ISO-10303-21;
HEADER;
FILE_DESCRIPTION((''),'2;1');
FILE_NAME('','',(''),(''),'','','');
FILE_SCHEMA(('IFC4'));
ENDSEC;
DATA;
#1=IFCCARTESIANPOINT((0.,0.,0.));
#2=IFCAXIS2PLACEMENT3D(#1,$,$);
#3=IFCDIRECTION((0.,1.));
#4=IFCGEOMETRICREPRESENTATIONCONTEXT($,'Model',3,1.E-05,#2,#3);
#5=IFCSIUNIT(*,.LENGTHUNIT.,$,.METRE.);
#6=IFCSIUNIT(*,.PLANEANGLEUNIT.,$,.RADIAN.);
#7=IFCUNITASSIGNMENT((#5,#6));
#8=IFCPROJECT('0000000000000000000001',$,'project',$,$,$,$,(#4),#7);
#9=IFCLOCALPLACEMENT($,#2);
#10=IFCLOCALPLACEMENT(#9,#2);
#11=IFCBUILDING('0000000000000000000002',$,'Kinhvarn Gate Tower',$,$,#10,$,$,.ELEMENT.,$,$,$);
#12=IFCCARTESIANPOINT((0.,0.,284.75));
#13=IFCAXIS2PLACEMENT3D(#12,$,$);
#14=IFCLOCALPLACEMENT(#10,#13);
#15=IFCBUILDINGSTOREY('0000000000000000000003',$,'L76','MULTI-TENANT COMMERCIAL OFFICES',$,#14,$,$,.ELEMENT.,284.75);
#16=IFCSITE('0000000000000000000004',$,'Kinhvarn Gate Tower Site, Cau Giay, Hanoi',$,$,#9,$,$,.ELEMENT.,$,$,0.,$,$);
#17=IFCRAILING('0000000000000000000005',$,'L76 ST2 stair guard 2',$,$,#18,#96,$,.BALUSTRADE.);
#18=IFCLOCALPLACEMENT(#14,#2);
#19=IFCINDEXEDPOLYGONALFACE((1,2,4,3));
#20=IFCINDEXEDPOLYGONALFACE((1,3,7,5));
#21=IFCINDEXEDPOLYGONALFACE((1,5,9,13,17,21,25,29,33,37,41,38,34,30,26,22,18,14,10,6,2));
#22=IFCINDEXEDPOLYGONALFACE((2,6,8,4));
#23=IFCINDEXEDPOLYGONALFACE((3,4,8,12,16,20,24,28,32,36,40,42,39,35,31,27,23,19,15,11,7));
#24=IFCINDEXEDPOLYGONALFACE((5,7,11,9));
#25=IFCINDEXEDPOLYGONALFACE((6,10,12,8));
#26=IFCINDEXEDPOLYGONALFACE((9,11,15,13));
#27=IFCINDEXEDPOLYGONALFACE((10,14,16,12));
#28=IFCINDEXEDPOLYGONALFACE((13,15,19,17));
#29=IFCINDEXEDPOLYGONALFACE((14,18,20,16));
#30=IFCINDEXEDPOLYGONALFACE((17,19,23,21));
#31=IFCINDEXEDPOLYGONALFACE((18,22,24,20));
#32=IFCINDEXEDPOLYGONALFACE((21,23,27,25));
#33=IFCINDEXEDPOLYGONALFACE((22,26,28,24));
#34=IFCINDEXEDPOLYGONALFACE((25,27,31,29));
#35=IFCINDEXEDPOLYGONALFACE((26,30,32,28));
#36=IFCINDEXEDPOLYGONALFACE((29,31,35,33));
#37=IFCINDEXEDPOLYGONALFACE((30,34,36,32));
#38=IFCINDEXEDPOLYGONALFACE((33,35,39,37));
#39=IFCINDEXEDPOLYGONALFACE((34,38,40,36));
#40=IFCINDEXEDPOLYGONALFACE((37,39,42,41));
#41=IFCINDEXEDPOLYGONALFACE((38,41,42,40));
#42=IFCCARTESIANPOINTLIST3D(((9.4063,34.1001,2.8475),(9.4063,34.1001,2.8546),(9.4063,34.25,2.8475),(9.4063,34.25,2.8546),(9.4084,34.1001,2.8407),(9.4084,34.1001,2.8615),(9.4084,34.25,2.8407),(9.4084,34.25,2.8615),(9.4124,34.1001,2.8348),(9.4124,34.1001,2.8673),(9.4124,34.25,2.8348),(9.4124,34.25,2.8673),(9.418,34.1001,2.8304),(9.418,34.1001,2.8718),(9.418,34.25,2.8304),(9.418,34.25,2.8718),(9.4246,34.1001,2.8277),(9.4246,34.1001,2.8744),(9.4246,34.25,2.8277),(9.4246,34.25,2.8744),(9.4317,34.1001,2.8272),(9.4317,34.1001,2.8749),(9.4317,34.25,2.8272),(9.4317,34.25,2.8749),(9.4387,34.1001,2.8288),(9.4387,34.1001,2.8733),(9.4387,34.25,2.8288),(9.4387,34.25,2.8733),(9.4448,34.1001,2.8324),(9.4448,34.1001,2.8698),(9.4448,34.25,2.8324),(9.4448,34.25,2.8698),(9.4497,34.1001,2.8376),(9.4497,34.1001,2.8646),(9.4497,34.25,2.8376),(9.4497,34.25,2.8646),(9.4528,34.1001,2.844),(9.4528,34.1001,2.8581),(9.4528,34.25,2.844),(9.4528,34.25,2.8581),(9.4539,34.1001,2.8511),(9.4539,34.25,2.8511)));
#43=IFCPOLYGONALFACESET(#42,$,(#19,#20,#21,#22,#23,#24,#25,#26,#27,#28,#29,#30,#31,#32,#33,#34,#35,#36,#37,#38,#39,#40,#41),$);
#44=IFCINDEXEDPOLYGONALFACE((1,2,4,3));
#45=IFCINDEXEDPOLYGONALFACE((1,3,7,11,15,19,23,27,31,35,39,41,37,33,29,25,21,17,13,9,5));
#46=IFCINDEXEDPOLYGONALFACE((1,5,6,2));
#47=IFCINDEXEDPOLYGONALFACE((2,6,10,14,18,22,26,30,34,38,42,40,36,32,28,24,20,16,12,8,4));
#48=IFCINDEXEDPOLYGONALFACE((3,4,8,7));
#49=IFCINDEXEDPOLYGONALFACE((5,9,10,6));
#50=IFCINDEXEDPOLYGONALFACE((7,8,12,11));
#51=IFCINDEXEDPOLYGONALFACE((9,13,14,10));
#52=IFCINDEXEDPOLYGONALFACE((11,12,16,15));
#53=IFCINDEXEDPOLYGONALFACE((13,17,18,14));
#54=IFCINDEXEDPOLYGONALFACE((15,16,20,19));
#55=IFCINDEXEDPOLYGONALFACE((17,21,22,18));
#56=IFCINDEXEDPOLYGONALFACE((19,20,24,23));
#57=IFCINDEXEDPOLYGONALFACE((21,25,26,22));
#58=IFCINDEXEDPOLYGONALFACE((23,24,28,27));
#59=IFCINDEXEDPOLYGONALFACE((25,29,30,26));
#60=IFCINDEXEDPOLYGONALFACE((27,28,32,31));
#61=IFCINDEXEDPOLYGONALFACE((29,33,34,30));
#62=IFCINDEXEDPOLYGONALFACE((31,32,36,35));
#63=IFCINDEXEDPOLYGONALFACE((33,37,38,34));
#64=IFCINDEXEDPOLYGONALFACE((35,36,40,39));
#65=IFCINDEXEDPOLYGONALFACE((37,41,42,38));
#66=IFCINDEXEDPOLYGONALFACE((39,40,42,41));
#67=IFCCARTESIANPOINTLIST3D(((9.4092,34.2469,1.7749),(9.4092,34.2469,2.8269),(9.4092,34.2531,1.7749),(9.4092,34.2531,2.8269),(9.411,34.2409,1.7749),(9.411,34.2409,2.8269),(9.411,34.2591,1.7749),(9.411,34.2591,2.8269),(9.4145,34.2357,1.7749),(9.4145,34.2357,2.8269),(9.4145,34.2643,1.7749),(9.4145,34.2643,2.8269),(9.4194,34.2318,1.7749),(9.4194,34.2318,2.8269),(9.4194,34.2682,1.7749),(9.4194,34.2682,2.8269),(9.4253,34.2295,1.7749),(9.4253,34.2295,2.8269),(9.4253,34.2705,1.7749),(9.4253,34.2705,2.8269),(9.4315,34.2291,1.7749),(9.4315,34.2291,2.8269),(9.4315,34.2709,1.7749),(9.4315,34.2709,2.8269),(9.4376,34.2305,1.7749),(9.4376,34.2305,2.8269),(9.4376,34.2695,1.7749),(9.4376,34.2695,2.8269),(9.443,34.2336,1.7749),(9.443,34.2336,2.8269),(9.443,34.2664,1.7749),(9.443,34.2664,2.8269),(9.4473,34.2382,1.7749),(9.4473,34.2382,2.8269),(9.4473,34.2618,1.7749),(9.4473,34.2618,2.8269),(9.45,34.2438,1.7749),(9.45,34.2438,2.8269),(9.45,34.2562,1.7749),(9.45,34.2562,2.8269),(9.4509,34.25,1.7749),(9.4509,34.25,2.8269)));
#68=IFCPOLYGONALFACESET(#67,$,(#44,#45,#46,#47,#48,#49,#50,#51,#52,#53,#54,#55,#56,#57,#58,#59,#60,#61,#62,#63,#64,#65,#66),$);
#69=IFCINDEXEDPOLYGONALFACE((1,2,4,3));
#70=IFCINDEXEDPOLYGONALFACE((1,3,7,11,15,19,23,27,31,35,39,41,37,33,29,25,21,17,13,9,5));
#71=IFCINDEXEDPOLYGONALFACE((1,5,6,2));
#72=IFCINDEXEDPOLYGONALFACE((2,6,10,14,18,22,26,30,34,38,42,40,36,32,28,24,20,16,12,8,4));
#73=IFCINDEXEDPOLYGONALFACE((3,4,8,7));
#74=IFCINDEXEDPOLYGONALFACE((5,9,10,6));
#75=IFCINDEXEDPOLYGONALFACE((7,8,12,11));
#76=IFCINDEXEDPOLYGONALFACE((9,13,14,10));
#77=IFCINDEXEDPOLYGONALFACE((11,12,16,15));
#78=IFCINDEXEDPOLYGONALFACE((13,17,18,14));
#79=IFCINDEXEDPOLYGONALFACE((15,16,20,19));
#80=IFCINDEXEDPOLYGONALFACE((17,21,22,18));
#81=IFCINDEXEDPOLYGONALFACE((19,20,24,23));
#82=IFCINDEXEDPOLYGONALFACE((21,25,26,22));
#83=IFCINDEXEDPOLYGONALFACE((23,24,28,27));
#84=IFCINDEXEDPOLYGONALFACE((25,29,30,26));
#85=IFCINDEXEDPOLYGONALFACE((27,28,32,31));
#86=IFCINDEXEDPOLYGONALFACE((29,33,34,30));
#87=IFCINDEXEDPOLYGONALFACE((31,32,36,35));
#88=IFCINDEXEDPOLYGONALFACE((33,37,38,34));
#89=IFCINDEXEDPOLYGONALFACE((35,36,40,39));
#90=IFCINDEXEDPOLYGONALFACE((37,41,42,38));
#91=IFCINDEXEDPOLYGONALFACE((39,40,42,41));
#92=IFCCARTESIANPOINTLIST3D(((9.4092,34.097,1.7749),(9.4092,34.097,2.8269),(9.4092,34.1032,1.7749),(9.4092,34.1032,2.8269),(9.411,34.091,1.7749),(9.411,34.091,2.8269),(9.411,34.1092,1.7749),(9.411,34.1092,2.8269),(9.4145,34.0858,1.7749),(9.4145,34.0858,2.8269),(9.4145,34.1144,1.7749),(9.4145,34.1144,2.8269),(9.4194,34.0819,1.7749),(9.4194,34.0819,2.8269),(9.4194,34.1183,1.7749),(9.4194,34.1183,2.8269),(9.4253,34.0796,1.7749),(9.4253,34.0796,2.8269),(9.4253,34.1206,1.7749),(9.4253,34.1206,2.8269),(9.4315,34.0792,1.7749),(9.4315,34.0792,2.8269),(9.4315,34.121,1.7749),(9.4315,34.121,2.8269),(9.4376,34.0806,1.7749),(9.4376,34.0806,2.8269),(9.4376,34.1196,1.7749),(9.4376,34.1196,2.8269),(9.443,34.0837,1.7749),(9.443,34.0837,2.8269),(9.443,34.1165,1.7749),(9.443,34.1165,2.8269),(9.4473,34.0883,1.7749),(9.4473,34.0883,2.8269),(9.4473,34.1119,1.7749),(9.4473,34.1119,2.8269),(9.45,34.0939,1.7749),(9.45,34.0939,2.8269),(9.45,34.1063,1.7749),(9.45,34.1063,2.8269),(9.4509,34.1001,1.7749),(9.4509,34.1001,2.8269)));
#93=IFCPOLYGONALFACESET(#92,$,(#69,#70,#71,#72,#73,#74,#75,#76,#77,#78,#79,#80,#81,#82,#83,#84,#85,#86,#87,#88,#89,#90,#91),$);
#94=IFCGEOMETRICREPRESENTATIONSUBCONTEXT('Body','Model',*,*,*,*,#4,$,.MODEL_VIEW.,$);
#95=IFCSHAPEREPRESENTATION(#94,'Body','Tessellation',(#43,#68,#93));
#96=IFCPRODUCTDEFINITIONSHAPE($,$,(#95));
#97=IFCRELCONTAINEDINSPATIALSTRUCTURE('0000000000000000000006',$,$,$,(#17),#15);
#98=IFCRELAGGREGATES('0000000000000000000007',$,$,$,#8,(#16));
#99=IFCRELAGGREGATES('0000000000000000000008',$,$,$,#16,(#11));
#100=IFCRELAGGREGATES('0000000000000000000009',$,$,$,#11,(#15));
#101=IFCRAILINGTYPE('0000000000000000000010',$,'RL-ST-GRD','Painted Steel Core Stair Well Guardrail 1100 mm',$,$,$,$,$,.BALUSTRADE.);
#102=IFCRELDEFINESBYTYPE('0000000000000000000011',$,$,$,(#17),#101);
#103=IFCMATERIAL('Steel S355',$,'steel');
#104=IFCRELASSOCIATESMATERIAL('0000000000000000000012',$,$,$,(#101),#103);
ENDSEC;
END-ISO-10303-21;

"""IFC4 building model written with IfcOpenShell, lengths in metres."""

from ifc_helpers import new_model, si_unit, direction, frame, origin, origin_2d, place, context, subcontext, project, spatial, circle, extrude, material, type_object, element, save


model = new_model("IFC4")

# Units and contexts
model_context = context("Model", 3, precision=1e-05, world=origin(), true_north=direction((0.0, 1.0)))
body_context = subcontext(model_context, "Body", "Model", "MODEL_VIEW")
ifc_project = project(units=[si_unit("LENGTHUNIT", "METRE"), si_unit("PLANEANGLEUNIT", "RADIAN")], contexts=[model_context])

# Site, building, storey
site_placement = place(None, origin())
site = spatial("IfcSite", under=ifc_project, at=site_placement, Name="Kinhvarn Gate Tower Site, Cau Giay, Hanoi", CompositionType="ELEMENT", RefElevation=0.0)
building_placement = place(site_placement, origin())
building = spatial("IfcBuilding", under=site, at=building_placement, Name="Kinhvarn Gate Tower", CompositionType="ELEMENT")
storey_placement = place(building_placement, frame((0.0, 0.0, 284.75)))
storey = spatial("IfcBuildingStorey", under=building, at=storey_placement, Name="L76", Description="MULTI-TENANT COMMERCIAL OFFICES", CompositionType="ELEMENT", Elevation=284.75)

# Railing
ifc_material_1 = material(Name="Steel S355", Category="steel")
railing_type_1 = type_object("IfcRailingType", Name="RL-ST-GRD", Description="Painted Steel Core Stair Well Guardrail 1100 mm", PredefinedType="BALUSTRADE", material=ifc_material_1)
railing_1_placement = place(storey_placement, frame((9.4299, 34.25, 1.7749)))
element("IfcRailing", 1, at=railing_1_placement, inside=storey, type_object=railing_type_1, Name="L76 ST2 stair guard 2", PredefinedType="BALUSTRADE", context=body_context, shape_type="SweptSolid", body=[
    extrude(circle(Radius=0.0239, at=origin_2d()), frame((0.0, 0.0, 1.0762), z_axis=(0.0, -1.0, 0.0), x_axis=(1.0, 0.0, 0.0)), (0.0, 0.0, 1.0), 0.1499),
    extrude(circle(Radius=0.021, at=origin_2d()), origin(), (0.0, 0.0, 1.0), 1.052),
    extrude(circle(Radius=0.021, at=origin_2d()), frame((0.0, -0.1499, 0.0)), (0.0, 0.0, 1.0), 1.052),
])

save(model, "model.ifc")
